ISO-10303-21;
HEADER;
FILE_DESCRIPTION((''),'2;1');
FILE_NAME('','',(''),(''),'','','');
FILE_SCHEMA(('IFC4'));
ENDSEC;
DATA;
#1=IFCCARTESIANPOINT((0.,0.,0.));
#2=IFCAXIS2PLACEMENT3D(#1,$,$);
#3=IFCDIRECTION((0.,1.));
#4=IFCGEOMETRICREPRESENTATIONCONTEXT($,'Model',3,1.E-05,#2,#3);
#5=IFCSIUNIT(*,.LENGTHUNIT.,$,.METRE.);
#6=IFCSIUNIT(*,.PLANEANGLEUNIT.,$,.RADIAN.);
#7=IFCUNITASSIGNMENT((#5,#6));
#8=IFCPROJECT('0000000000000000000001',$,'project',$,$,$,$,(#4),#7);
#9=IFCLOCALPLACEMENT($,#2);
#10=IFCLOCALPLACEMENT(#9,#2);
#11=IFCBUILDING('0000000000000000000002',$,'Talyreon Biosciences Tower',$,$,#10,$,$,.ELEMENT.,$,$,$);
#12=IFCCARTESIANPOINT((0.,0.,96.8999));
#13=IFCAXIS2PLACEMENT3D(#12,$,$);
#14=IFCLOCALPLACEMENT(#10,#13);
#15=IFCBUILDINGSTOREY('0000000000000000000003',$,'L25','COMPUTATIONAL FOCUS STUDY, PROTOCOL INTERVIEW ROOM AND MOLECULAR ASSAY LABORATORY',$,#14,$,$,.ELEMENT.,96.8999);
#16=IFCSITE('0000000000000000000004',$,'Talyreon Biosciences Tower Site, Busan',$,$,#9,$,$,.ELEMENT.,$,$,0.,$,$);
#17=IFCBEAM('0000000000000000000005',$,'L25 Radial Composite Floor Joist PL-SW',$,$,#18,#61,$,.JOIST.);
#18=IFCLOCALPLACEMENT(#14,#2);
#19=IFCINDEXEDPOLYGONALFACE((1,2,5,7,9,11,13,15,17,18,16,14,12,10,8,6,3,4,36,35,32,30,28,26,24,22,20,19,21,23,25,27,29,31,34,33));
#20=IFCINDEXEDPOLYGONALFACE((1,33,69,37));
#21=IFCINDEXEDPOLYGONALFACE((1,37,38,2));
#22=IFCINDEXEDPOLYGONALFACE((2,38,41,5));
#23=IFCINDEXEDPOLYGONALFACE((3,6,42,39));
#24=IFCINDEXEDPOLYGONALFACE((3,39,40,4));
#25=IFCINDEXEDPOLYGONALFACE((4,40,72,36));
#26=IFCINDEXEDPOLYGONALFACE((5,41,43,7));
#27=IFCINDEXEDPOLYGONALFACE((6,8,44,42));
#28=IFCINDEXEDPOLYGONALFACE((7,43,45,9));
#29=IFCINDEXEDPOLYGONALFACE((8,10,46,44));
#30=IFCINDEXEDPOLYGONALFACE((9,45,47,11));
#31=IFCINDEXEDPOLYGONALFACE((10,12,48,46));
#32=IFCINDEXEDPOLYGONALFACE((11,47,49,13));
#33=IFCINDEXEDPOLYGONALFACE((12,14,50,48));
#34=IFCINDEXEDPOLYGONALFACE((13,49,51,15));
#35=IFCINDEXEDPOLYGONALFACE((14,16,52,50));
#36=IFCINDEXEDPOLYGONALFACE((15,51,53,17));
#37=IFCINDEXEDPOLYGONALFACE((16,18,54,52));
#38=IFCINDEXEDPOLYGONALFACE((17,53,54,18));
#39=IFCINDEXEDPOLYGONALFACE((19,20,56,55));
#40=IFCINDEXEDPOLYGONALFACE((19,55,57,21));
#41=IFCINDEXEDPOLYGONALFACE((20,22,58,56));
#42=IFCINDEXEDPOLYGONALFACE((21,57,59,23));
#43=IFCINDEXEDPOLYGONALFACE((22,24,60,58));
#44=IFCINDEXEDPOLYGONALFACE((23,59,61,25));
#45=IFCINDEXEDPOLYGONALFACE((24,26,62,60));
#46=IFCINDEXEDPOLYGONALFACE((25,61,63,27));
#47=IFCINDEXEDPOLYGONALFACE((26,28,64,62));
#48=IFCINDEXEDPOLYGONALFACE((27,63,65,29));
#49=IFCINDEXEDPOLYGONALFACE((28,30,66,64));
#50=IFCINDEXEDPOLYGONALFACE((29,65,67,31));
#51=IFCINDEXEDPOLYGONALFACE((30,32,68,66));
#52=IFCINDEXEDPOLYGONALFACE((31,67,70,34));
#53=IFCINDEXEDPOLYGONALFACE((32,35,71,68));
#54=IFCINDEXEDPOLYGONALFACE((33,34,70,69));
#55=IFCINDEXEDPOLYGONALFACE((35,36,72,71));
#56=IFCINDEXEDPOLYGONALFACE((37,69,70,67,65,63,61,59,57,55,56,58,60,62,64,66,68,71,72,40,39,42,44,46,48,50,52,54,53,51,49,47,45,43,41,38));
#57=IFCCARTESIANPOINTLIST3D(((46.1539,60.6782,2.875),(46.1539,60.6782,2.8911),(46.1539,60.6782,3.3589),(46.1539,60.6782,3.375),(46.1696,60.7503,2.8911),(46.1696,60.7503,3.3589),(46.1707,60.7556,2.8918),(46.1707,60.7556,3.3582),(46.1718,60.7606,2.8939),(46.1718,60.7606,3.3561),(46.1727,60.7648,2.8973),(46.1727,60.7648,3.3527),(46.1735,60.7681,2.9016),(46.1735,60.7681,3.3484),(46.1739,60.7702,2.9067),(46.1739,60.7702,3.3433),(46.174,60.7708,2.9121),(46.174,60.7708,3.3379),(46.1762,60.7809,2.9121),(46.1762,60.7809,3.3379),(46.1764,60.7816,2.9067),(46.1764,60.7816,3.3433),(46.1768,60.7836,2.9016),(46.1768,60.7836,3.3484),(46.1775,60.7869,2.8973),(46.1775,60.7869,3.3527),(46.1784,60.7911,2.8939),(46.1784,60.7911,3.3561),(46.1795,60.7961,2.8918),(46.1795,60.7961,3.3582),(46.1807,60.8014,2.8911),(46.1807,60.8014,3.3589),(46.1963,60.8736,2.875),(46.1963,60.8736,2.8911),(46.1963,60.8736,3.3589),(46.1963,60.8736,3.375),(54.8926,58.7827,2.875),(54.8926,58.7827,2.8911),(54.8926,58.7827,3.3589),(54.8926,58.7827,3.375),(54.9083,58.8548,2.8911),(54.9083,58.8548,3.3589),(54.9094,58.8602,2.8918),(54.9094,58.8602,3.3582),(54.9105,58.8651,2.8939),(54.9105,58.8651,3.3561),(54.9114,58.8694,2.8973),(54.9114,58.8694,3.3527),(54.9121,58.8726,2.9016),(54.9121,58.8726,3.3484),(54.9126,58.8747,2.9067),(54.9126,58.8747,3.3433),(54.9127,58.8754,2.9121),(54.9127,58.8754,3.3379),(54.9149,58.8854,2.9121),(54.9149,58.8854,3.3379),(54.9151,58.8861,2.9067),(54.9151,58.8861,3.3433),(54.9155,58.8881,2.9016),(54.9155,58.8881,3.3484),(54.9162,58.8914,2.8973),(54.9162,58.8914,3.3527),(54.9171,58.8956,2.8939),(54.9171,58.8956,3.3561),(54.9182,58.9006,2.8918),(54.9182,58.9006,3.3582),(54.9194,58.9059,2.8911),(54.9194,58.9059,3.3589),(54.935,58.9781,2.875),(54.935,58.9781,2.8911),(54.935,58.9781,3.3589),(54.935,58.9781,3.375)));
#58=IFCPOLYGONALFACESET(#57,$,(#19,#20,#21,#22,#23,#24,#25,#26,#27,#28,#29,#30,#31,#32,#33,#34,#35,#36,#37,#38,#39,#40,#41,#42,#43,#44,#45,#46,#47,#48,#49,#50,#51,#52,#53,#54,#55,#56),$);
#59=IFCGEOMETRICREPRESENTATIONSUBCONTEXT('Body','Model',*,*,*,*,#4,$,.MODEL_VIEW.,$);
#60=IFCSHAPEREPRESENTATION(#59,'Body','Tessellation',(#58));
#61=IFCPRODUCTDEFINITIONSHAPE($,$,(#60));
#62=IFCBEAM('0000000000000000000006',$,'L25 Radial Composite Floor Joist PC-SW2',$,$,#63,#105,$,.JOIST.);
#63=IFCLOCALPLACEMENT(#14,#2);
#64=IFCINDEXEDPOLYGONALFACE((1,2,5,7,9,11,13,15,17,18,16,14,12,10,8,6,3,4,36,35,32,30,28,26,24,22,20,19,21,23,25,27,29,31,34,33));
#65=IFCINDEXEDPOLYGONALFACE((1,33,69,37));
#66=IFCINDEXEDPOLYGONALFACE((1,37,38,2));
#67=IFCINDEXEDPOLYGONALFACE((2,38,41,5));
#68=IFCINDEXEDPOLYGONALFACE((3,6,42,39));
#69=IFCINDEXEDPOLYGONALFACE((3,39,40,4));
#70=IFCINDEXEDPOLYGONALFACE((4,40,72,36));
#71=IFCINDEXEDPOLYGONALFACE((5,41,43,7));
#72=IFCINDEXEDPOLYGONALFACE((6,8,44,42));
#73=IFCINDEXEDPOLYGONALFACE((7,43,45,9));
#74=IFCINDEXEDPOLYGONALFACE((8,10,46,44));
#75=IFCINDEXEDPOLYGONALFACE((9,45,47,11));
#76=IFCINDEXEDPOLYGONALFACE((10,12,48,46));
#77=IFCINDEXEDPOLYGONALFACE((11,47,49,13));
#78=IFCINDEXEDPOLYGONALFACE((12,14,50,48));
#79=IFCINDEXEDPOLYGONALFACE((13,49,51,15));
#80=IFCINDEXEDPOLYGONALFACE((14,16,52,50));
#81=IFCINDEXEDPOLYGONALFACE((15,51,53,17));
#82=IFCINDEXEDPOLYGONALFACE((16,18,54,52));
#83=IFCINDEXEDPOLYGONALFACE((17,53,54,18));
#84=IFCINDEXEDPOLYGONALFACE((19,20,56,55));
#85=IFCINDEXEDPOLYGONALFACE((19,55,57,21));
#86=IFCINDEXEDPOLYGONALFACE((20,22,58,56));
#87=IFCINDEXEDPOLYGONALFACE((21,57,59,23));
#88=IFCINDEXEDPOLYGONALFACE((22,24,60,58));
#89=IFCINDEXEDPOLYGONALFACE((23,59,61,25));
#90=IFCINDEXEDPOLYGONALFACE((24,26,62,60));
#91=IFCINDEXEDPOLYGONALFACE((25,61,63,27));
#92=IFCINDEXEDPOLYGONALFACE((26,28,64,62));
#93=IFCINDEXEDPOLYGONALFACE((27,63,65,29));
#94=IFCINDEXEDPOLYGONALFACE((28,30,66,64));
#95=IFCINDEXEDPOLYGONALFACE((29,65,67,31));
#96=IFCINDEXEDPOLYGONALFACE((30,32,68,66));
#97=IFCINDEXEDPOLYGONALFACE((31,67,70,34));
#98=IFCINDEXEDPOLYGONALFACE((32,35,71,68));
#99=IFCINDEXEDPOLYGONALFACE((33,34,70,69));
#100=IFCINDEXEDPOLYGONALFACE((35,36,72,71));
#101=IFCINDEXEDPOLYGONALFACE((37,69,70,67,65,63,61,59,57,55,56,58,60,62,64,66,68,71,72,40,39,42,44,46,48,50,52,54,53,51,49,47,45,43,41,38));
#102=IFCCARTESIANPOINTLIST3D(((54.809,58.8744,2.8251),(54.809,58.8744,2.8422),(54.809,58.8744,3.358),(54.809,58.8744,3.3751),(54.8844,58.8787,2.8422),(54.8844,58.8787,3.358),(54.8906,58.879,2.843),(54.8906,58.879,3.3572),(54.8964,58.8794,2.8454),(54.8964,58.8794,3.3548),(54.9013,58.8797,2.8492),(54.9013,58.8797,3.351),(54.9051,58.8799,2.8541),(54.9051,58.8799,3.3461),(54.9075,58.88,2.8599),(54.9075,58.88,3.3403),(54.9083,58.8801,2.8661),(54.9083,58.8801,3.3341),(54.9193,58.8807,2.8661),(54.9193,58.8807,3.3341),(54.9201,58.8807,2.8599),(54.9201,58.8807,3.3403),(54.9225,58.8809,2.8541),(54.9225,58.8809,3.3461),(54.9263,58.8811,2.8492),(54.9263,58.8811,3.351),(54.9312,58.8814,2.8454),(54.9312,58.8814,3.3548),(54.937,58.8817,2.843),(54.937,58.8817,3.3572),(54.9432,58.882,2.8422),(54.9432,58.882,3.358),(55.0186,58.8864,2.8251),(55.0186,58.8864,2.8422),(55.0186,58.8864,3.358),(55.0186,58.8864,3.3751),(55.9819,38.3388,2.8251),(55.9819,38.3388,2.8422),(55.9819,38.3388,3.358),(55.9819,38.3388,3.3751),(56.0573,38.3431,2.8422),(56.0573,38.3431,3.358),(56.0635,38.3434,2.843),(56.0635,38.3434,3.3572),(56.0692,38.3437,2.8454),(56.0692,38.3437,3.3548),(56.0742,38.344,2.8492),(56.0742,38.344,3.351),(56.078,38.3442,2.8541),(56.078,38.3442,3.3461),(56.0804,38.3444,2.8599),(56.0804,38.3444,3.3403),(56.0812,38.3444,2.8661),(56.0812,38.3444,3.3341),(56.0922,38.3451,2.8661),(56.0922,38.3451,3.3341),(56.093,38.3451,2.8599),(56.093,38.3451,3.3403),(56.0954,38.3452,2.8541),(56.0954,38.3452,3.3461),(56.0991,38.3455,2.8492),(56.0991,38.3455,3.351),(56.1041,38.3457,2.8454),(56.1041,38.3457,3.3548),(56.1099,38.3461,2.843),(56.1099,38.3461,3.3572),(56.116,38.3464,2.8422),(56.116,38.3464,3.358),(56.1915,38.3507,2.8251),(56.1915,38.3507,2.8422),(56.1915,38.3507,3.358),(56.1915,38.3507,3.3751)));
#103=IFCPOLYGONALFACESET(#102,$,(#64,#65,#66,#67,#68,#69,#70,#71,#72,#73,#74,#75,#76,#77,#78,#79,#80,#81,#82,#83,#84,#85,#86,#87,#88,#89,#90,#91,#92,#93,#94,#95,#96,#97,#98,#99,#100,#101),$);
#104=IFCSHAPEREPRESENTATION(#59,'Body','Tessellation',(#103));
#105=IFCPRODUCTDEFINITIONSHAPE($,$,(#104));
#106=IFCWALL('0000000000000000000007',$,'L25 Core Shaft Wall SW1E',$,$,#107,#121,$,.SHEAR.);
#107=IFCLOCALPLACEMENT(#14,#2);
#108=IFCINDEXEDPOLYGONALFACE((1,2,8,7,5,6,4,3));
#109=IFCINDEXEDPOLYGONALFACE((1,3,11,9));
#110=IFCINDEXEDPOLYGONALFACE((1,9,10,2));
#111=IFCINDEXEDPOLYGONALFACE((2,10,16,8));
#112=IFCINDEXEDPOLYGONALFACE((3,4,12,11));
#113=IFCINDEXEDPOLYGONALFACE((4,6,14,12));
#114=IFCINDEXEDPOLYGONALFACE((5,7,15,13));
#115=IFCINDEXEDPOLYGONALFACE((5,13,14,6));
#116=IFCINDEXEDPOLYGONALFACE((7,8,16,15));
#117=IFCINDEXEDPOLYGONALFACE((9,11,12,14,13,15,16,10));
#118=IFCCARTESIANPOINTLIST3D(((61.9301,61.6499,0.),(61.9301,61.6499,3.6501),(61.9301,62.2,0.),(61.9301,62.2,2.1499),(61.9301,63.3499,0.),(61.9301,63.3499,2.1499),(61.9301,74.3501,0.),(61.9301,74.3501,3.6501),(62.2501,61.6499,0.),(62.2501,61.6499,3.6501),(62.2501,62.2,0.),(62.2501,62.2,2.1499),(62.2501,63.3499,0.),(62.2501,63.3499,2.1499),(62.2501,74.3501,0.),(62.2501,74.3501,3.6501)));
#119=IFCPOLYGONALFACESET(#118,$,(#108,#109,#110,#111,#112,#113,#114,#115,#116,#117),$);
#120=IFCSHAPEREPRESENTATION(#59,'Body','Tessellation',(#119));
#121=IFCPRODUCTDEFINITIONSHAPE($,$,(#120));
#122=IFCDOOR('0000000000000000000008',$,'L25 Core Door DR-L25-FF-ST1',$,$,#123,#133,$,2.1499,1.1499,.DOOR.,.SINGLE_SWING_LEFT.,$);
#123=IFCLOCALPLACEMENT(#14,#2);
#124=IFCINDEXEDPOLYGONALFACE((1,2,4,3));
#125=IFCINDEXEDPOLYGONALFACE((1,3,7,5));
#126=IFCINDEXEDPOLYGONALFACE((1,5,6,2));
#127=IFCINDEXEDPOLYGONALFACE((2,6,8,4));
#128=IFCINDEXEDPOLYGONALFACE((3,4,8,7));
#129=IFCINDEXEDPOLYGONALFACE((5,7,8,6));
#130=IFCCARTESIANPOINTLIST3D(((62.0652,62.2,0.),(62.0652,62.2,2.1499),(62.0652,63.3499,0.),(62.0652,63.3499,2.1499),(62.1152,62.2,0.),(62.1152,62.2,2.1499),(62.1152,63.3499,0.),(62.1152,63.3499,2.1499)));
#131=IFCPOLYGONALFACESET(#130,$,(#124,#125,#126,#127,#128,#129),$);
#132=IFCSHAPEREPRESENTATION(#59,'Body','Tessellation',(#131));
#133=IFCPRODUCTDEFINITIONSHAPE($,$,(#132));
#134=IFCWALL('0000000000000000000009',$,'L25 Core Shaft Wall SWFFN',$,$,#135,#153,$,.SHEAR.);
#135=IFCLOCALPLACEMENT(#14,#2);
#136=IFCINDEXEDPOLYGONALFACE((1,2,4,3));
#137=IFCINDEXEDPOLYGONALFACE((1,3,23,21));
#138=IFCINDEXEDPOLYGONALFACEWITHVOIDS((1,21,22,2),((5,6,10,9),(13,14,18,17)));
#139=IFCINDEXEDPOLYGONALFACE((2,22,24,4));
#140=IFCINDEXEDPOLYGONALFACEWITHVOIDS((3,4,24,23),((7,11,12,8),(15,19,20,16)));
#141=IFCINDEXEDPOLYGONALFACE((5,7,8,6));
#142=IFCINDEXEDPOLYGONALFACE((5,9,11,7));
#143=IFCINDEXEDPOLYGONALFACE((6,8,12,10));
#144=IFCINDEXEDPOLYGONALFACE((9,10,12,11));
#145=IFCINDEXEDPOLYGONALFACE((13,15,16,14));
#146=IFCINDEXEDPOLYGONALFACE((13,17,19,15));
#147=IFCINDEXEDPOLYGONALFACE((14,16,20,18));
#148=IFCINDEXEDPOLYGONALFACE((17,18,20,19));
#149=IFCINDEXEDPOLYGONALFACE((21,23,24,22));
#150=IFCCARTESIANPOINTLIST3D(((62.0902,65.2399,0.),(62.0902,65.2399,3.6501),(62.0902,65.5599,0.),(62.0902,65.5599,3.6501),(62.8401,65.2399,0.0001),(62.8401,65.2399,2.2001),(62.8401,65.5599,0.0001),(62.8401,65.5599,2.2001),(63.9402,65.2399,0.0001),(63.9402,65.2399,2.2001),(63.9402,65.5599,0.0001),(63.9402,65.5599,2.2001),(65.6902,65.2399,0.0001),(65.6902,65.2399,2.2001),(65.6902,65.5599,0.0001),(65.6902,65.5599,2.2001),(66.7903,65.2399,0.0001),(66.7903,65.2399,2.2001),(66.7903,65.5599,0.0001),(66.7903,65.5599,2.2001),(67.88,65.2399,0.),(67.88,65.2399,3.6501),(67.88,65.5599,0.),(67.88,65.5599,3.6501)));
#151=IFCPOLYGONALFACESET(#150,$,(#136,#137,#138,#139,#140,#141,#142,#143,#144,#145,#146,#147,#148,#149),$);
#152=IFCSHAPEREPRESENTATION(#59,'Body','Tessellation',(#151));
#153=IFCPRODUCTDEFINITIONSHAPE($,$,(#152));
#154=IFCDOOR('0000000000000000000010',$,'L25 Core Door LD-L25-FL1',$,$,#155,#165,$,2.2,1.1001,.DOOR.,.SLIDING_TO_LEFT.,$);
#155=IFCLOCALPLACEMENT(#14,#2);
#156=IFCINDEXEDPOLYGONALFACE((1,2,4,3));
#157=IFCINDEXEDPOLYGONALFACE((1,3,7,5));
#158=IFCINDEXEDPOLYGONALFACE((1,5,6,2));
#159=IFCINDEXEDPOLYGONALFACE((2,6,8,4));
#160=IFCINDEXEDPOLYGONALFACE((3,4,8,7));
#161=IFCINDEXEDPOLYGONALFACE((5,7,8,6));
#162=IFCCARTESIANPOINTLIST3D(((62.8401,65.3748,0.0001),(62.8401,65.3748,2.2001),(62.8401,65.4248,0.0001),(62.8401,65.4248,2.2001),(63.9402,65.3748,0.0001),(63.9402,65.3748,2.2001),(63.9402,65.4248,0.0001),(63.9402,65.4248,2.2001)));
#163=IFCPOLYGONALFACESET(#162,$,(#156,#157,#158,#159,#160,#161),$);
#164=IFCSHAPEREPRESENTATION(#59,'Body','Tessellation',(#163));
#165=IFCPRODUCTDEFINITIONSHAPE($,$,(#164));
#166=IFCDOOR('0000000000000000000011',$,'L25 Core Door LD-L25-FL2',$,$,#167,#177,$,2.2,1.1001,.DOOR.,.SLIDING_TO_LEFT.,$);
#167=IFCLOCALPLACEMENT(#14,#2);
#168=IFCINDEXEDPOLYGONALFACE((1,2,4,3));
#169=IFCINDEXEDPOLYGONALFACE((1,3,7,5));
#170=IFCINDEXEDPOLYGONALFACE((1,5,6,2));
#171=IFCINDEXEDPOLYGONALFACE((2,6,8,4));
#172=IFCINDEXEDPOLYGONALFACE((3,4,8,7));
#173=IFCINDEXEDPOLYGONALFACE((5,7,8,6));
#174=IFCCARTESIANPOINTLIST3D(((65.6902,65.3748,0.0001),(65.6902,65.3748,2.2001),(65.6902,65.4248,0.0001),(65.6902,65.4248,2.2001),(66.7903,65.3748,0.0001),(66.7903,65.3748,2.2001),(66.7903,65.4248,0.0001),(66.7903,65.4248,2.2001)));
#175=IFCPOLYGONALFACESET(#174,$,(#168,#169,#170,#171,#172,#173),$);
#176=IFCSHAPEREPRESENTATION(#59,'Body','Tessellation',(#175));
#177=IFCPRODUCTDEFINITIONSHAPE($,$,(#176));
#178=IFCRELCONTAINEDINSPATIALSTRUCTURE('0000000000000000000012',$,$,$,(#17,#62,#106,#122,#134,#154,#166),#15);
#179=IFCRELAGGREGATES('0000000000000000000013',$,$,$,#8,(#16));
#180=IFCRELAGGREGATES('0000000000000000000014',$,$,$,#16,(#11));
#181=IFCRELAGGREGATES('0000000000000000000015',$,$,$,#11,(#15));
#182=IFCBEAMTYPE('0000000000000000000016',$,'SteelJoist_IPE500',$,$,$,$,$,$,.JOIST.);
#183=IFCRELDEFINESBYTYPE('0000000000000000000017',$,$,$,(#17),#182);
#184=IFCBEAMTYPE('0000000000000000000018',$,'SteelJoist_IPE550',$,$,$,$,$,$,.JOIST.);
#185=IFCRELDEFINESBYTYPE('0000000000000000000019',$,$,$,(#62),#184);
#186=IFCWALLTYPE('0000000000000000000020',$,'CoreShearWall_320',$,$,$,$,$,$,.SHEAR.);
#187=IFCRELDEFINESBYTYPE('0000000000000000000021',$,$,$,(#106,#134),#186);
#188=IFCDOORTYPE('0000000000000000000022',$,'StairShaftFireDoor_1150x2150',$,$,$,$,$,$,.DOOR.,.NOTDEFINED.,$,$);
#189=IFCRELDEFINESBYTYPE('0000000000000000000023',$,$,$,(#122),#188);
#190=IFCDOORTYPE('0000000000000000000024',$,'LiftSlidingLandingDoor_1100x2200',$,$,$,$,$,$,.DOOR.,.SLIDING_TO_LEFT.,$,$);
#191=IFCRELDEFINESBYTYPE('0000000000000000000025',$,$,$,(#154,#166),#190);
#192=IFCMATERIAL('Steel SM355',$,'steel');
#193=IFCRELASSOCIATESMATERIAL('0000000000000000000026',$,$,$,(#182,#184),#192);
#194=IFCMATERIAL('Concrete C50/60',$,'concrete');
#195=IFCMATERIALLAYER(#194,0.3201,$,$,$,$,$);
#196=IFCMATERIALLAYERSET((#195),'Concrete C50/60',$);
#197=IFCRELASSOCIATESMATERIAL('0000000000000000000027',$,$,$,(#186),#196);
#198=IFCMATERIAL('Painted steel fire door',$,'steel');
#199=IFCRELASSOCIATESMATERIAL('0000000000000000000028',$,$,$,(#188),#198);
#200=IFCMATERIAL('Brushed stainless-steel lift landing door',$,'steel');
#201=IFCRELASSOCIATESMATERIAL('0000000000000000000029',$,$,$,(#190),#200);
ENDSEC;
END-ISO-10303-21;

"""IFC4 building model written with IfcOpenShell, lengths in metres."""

from ifc_helpers import new_model, si_unit, direction, frame, frame_2d, origin, origin_2d, place, context, subcontext, project, spatial, rectangle, i_section, extrude, material, layer, layer_set, material_profile, profile_set, type_object, element, fill, save


model = new_model("IFC4")

# Units and contexts
model_context = context("Model", 3, precision=1e-05, world=origin(), true_north=direction((0.0, 1.0)))
body_context = subcontext(model_context, "Body", "Model", "MODEL_VIEW")
ifc_project = project(units=[si_unit("LENGTHUNIT", "METRE"), si_unit("PLANEANGLEUNIT", "RADIAN")], contexts=[model_context])

# Site, building, storey
site_placement = place(None, origin())
site = spatial("IfcSite", under=ifc_project, at=site_placement, Name="Talyreon Biosciences Tower Site, Busan", CompositionType="ELEMENT", RefElevation=0.0)
building_placement = place(site_placement, origin())
building = spatial("IfcBuilding", under=site, at=building_placement, Name="Talyreon Biosciences Tower", CompositionType="ELEMENT")
storey_placement = place(building_placement, frame((0.0, 0.0, 96.8999)))
storey = spatial("IfcBuildingStorey", under=building, at=storey_placement, Name="L25", Description="COMPUTATIONAL FOCUS STUDY, PROTOCOL INTERVIEW ROOM AND MOLECULAR ASSAY LABORATORY", CompositionType="ELEMENT", Elevation=96.8999)

# Shared definitions
ifc_material_1 = material(Name="Concrete C50/60", Category="concrete")

# Beams
ifc_material_2 = material(Name="Steel SM355", Category="steel")
ifc_material_profile_1 = material_profile(ifc_material_2, i_section(OverallWidth=0.2, OverallDepth=0.5, WebThickness=0.0103, FlangeThickness=0.0161, FilletRadius=0.021, at=origin_2d()), Name="IPE500")
ifc_profile_set_1 = profile_set([ifc_material_profile_1], Name="Steel SM355")
beam_type_1 = type_object("IfcBeamType", Name="SteelJoist_IPE500", PredefinedType="JOIST", material=ifc_profile_set_1)
beam_1_placement = place(storey_placement, frame((54.9138, 58.8804, 3.125), z_axis=(-0.977274, 0.211978, 0.0), x_axis=(-0.211978, -0.977274, 0.0)))
element("IfcBeam", 1, at=beam_1_placement, inside=storey, type_object=beam_type_1, Name="L25 Radial Composite Floor Joist PL-SW", PredefinedType="JOIST", context=body_context, shape_type="SweptSolid", body=[
    extrude(i_section(OverallWidth=0.2, OverallDepth=0.5, WebThickness=0.0103, FlangeThickness=0.0161, FilletRadius=0.021, at=origin_2d()), origin(), (0.0, 0.0, 1.0), 8.9419),
])
ifc_material_profile_2 = material_profile(ifc_material_2, i_section(OverallWidth=0.21, OverallDepth=0.55, WebThickness=0.011, FlangeThickness=0.0171, FilletRadius=0.0239, at=origin_2d()), Name="IPE550")
ifc_profile_set_2 = profile_set([ifc_material_profile_2], Name="Steel SM355")
beam_type_2 = type_object("IfcBeamType", Name="SteelJoist_IPE550", PredefinedType="JOIST", material=ifc_profile_set_2)
beam_2_placement = place(storey_placement, frame((54.9138, 58.8804, 3.1001), z_axis=(0.05702, -0.998373, 0.0), x_axis=(0.998373, 0.05702, 0.0)))
element("IfcBeam", 2, at=beam_2_placement, inside=storey, type_object=beam_type_2, Name="L25 Radial Composite Floor Joist PC-SW2", PredefinedType="JOIST", context=body_context, shape_type="SweptSolid", body=[
    extrude(i_section(OverallWidth=0.21, OverallDepth=0.55, WebThickness=0.011, FlangeThickness=0.0171, FilletRadius=0.0239, at=origin_2d()), origin(), (0.0, 0.0, 1.0), 20.5691),
])

# Wall, opening, door
ifc_layer_1 = layer(ifc_material_1, 0.3201)
ifc_layer_set_1 = layer_set([ifc_layer_1], Name="Concrete C50/60")
wall_type_1 = type_object("IfcWallType", Name="CoreShearWall_320", PredefinedType="SHEAR", material=ifc_layer_set_1)
wall_1_placement = place(storey_placement, frame((62.0901, 61.6499, 0.0), z_axis=(0.0, 0.0, 1.0), x_axis=(0.0, 1.0, 0.0)))
wall_1 = element("IfcWall", 3, at=wall_1_placement, inside=storey, type_object=wall_type_1, Name="L25 Core Shaft Wall SW1E", PredefinedType="SHEAR", context=body_context, shape_type="SweptSolid", body=[
    extrude(rectangle(XDim=12.7002, YDim=0.3201, at=frame_2d((6.3501, 0.0))), origin(), (0.0, 0.0, 1.0), 3.6501),
])
opening_1_placement = place(wall_1_placement, frame((0.55, 0.0, 0.0)))
opening_1 = element("IfcOpeningElement", 4, at=opening_1_placement, cuts=wall_1, PredefinedType="OPENING", context=body_context, shape_type="SweptSolid", body=[
    extrude(rectangle(XDim=1.1499, YDim=2.1499, at=frame_2d((0.575, 1.075))), frame((0.0, 0.1699, 0.0), z_axis=(0.0, -1.0, 0.0), x_axis=(1.0, 0.0, 0.0)), (0.0, 0.0, 1.0), 0.3401),
])
ifc_material_3 = material(Name="Painted steel fire door", Category="steel")
door_type_1 = type_object("IfcDoorType", Name="StairShaftFireDoor_1150x2150", OperationType="NOTDEFINED", PredefinedType="DOOR", material=ifc_material_3)
door_1_placement = place(opening_1_placement, origin())
door_1 = element("IfcDoor", 5, at=door_1_placement, inside=storey, type_object=door_type_1, Name="L25 Core Door DR-L25-FF-ST1", OperationType="SINGLE_SWING_LEFT", OverallHeight=2.1499, OverallWidth=1.1499, PredefinedType="DOOR", context=body_context, shape_type="SweptSolid", body=[
    extrude(rectangle(XDim=1.1499, YDim=2.1499, at=frame_2d((0.575, 1.075))), frame((0.0, 0.0249, 0.0), z_axis=(0.0, -1.0, 0.0), x_axis=(1.0, 0.0, 0.0)), (0.0, 0.0, 1.0), 0.05),
])
fill(opening_1, door_1)

# Wall, openings, doors
wall_2_placement = place(storey_placement, frame((62.0901, 65.3999, 0.0), z_axis=(0.0, 0.0, 1.0), x_axis=(1.0, 0.0, 0.0)))
wall_2 = element("IfcWall", 6, at=wall_2_placement, inside=storey, type_object=wall_type_1, Name="L25 Core Shaft Wall SWFFN", PredefinedType="SHEAR", context=body_context, shape_type="SweptSolid", body=[
    extrude(rectangle(XDim=5.7898, YDim=0.3201, at=frame_2d((2.895, 0.0))), origin(), (0.0, 0.0, 1.0), 3.6501),
])
opening_2_placement = place(wall_2_placement, frame((0.75, 0.0, 0.0)))
opening_2 = element("IfcOpeningElement", 7, at=opening_2_placement, cuts=wall_2, PredefinedType="OPENING", context=body_context, shape_type="SweptSolid", body=[
    extrude(rectangle(XDim=1.1001, YDim=2.2, at=frame_2d((0.55, 1.1001))), frame((0.0, 0.1699, 0.0), z_axis=(0.0, -1.0, 0.0), x_axis=(1.0, 0.0, 0.0)), (0.0, 0.0, 1.0), 0.3401),
])
opening_3_placement = place(wall_2_placement, frame((3.6001, 0.0, 0.0)))
opening_3 = element("IfcOpeningElement", 8, at=opening_3_placement, cuts=wall_2, PredefinedType="OPENING", context=body_context, shape_type="SweptSolid", body=[
    extrude(rectangle(XDim=1.1001, YDim=2.2, at=frame_2d((0.55, 1.1001))), frame((0.0, 0.1699, 0.0), z_axis=(0.0, -1.0, 0.0), x_axis=(1.0, 0.0, 0.0)), (0.0, 0.0, 1.0), 0.3401),
])
ifc_material_4 = material(Name="Brushed stainless-steel lift landing door", Category="steel")
door_type_2 = type_object("IfcDoorType", Name="LiftSlidingLandingDoor_1100x2200", OperationType="SLIDING_TO_LEFT", PredefinedType="DOOR", material=ifc_material_4)
door_2_placement = place(opening_2_placement, origin())
door_2 = element("IfcDoor", 9, at=door_2_placement, inside=storey, type_object=door_type_2, Name="L25 Core Door LD-L25-FL1", OperationType="SLIDING_TO_LEFT", OverallHeight=2.2, OverallWidth=1.1001, PredefinedType="DOOR", context=body_context, shape_type="SweptSolid", body=[
    extrude(rectangle(XDim=1.1001, YDim=2.2, at=frame_2d((0.55, 1.1001))), frame((0.0, 0.0249, 0.0), z_axis=(0.0, -1.0, 0.0), x_axis=(1.0, 0.0, 0.0)), (0.0, 0.0, 1.0), 0.05),
])
fill(opening_2, door_2)
door_3_placement = place(opening_3_placement, origin())
door_3 = element("IfcDoor", 10, at=door_3_placement, inside=storey, type_object=door_type_2, Name="L25 Core Door LD-L25-FL2", OperationType="SLIDING_TO_LEFT", OverallHeight=2.2, OverallWidth=1.1001, PredefinedType="DOOR", context=body_context, shape_type="SweptSolid", body=[
    extrude(rectangle(XDim=1.1001, YDim=2.2, at=frame_2d((0.55, 1.1001))), frame((0.0, 0.0249, 0.0), z_axis=(0.0, -1.0, 0.0), x_axis=(1.0, 0.0, 0.0)), (0.0, 0.0, 1.0), 0.05),
])
fill(opening_3, door_3)

save(model, "model.ifc")
